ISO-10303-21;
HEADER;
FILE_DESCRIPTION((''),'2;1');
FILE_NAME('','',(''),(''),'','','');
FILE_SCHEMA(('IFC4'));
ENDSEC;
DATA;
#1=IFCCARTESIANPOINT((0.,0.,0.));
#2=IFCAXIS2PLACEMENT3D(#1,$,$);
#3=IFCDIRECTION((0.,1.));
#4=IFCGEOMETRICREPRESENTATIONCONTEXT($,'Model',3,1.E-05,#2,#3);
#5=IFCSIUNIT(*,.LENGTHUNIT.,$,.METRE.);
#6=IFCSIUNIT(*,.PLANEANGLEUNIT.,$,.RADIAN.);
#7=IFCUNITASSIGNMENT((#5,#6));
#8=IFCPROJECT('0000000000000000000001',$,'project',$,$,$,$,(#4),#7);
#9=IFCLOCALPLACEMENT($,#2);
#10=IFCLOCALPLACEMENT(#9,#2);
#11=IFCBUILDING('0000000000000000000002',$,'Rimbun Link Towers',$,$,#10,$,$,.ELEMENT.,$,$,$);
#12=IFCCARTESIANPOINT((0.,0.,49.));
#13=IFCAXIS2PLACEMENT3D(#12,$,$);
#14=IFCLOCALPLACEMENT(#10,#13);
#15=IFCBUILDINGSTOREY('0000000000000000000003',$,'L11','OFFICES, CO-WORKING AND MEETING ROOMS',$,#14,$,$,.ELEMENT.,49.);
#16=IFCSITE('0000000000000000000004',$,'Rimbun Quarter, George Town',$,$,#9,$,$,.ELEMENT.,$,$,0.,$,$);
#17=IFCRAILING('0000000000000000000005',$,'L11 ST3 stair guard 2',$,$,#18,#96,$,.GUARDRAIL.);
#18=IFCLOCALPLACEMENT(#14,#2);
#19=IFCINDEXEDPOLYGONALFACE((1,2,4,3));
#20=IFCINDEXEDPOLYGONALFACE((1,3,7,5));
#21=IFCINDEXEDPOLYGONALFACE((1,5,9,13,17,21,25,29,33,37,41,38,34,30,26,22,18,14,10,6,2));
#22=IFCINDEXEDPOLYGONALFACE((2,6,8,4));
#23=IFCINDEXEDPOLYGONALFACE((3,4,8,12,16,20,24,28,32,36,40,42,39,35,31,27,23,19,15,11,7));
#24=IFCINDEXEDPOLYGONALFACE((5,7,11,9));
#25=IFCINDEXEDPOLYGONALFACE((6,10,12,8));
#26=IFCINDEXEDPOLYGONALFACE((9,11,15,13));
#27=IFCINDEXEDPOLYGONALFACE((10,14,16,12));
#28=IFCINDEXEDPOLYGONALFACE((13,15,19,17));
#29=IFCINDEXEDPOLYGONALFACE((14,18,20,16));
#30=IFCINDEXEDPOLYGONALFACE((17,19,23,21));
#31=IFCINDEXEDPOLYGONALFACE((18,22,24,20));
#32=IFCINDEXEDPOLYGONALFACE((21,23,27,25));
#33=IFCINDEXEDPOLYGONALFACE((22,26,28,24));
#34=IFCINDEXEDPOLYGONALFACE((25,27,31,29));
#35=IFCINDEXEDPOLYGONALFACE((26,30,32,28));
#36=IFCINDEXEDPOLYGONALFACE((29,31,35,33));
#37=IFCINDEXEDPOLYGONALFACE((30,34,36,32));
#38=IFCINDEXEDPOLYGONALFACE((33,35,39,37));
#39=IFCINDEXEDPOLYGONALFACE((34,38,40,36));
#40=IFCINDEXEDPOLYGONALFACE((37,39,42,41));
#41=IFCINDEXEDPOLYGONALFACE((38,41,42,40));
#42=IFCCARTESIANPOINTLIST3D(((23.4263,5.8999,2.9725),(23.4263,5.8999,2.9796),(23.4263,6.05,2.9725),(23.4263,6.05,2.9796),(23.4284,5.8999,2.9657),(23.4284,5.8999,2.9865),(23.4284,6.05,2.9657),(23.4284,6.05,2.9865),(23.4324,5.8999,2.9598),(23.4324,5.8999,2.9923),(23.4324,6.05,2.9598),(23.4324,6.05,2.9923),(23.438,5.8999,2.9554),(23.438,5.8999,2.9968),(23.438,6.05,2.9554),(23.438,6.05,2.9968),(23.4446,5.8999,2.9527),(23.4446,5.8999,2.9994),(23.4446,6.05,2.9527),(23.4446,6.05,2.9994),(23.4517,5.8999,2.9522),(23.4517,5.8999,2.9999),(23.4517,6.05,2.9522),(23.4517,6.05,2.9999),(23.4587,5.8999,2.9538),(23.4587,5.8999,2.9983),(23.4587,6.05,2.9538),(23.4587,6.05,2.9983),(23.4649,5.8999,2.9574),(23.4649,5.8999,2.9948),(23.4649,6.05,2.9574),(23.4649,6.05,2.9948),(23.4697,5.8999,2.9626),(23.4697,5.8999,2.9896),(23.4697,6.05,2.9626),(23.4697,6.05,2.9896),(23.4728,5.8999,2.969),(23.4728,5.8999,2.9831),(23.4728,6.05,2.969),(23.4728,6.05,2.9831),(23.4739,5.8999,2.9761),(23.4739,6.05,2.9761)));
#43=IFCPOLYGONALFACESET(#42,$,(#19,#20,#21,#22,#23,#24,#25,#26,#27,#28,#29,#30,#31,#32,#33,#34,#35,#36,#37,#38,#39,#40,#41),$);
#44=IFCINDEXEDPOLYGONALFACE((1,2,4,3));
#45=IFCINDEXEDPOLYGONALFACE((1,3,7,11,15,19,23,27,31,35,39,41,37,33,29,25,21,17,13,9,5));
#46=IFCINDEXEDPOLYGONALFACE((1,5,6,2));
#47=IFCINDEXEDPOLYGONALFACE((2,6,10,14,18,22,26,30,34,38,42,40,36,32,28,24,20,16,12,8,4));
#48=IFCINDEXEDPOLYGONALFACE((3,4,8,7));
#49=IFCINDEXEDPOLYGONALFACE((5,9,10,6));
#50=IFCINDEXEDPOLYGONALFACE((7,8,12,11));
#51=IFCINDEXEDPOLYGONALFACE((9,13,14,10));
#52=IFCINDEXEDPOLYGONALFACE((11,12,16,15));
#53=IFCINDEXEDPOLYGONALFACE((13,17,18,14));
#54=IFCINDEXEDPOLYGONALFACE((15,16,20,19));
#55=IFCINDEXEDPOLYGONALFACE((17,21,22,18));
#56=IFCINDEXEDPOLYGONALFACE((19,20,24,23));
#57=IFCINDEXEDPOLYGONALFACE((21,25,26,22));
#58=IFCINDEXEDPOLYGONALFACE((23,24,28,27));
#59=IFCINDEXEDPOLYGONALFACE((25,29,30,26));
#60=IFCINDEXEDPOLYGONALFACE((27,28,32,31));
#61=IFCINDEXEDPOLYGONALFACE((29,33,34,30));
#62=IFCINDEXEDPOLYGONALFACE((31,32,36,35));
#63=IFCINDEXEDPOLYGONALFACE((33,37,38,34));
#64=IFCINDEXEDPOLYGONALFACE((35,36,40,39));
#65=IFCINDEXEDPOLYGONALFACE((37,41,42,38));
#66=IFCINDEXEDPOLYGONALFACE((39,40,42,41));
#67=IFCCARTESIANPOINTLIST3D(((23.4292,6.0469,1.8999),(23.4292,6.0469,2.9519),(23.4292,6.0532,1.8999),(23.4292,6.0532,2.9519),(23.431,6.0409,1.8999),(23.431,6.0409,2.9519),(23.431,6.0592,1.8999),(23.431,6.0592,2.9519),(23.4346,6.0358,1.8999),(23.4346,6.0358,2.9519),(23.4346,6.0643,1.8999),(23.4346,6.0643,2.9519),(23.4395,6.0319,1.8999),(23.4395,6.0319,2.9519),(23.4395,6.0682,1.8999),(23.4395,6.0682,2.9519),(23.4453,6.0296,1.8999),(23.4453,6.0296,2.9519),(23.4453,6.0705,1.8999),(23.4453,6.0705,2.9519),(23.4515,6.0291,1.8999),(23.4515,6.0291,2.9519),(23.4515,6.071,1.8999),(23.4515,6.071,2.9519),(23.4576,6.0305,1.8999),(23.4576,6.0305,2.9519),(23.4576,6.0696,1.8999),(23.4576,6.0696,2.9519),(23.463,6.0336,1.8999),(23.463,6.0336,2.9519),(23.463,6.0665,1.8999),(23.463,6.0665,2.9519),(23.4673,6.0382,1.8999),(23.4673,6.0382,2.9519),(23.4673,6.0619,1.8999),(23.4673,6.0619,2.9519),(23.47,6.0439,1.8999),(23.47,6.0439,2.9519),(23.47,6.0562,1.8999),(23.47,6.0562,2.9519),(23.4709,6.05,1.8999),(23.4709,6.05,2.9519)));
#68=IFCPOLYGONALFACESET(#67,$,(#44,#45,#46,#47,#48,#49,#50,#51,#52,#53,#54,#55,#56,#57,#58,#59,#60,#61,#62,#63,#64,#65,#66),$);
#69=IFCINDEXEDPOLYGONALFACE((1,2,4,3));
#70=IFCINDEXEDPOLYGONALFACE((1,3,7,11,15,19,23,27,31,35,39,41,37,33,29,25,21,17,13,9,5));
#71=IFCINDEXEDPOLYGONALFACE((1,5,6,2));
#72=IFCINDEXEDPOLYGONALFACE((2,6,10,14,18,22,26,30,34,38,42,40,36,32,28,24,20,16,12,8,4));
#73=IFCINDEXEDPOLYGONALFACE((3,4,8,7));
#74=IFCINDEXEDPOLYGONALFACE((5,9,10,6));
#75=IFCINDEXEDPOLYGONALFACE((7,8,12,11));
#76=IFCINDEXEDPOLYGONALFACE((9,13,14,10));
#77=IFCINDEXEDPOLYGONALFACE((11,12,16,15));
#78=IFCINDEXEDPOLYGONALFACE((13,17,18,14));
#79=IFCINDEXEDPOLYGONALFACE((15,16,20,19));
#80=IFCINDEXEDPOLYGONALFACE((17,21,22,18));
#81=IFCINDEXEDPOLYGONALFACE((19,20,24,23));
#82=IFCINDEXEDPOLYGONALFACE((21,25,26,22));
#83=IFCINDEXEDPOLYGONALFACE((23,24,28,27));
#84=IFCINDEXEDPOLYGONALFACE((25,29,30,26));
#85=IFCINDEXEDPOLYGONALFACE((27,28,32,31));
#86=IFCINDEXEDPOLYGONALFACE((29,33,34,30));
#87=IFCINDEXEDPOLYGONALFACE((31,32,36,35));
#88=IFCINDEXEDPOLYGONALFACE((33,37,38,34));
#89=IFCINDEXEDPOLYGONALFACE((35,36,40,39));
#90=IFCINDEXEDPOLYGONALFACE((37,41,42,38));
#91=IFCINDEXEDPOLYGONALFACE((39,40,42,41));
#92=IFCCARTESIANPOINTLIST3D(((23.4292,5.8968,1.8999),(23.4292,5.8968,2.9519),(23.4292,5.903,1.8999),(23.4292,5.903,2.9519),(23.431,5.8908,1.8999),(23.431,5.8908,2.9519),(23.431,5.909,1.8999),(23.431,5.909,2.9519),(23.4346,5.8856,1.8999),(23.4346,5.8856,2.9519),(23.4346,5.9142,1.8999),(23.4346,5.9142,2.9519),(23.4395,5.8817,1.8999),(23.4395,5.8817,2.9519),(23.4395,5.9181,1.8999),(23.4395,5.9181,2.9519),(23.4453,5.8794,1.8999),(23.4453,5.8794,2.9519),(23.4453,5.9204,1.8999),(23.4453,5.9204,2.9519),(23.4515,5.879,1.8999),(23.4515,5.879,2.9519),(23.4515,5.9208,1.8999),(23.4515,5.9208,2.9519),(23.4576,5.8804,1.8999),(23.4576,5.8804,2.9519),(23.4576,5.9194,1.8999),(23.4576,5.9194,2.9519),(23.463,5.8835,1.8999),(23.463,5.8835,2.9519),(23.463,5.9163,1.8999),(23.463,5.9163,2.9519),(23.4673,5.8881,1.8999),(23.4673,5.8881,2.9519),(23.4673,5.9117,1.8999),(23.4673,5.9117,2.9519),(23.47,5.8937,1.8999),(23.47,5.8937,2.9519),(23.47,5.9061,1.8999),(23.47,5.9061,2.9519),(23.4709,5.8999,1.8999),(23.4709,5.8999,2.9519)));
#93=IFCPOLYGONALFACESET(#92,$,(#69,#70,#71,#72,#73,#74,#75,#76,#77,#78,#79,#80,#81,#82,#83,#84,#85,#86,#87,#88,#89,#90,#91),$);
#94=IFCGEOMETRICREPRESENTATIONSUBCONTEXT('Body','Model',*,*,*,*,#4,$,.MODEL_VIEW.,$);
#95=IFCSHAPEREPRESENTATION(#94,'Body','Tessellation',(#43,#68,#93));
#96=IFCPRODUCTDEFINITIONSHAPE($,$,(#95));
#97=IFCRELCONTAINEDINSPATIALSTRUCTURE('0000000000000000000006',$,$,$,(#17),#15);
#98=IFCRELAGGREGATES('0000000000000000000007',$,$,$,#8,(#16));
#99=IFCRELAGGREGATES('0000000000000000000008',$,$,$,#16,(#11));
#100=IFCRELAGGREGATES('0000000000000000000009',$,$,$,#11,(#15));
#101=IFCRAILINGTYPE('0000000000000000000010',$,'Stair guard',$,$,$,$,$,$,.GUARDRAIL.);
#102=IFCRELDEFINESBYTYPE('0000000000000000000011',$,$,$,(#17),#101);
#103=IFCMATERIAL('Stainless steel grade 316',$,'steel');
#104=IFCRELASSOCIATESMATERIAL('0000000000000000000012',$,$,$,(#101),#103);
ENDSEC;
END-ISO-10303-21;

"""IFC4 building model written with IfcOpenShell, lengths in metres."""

from ifc_helpers import new_model, si_unit, direction, frame, origin, origin_2d, place, context, subcontext, project, spatial, circle, extrude, material, type_object, element, save


model = new_model("IFC4")

# Units and contexts
model_context = context("Model", 3, precision=1e-05, world=origin(), true_north=direction((0.0, 1.0)))
body_context = subcontext(model_context, "Body", "Model", "MODEL_VIEW")
ifc_project = project(units=[si_unit("LENGTHUNIT", "METRE"), si_unit("PLANEANGLEUNIT", "RADIAN")], contexts=[model_context])

# Site, building, storey
site_placement = place(None, origin())
site = spatial("IfcSite", under=ifc_project, at=site_placement, Name="Rimbun Quarter, George Town", CompositionType="ELEMENT", RefElevation=0.0)
building_placement = place(site_placement, origin())
building = spatial("IfcBuilding", under=site, at=building_placement, Name="Rimbun Link Towers", CompositionType="ELEMENT")
storey_placement = place(building_placement, frame((0.0, 0.0, 49.0)))
storey = spatial("IfcBuildingStorey", under=building, at=storey_placement, Name="L11", Description="OFFICES, CO-WORKING AND MEETING ROOMS", CompositionType="ELEMENT", Elevation=49.0)

# Railing
ifc_material_1 = material(Name="Stainless steel grade 316", Category="steel")
railing_type_1 = type_object("IfcRailingType", Name="Stair guard", PredefinedType="GUARDRAIL", material=ifc_material_1)
railing_1_placement = place(storey_placement, frame((23.45, 6.05, 1.8999)))
element("IfcRailing", 1, at=railing_1_placement, inside=storey, type_object=railing_type_1, Name="L11 ST3 stair guard 2", PredefinedType="GUARDRAIL", context=body_context, shape_type="SweptSolid", body=[
    extrude(circle(Radius=0.0239, at=origin_2d()), frame((0.0, 0.0, 1.0762), z_axis=(0.0, -1.0, 0.0), x_axis=(1.0, 0.0, 0.0)), (0.0, 0.0, 1.0), 0.1501),
    extrude(circle(Radius=0.021, at=origin_2d()), origin(), (0.0, 0.0, 1.0), 1.052),
    extrude(circle(Radius=0.021, at=origin_2d()), frame((0.0, -0.1501, 0.0)), (0.0, 0.0, 1.0), 1.052),
])

save(model, "model.ifc")
